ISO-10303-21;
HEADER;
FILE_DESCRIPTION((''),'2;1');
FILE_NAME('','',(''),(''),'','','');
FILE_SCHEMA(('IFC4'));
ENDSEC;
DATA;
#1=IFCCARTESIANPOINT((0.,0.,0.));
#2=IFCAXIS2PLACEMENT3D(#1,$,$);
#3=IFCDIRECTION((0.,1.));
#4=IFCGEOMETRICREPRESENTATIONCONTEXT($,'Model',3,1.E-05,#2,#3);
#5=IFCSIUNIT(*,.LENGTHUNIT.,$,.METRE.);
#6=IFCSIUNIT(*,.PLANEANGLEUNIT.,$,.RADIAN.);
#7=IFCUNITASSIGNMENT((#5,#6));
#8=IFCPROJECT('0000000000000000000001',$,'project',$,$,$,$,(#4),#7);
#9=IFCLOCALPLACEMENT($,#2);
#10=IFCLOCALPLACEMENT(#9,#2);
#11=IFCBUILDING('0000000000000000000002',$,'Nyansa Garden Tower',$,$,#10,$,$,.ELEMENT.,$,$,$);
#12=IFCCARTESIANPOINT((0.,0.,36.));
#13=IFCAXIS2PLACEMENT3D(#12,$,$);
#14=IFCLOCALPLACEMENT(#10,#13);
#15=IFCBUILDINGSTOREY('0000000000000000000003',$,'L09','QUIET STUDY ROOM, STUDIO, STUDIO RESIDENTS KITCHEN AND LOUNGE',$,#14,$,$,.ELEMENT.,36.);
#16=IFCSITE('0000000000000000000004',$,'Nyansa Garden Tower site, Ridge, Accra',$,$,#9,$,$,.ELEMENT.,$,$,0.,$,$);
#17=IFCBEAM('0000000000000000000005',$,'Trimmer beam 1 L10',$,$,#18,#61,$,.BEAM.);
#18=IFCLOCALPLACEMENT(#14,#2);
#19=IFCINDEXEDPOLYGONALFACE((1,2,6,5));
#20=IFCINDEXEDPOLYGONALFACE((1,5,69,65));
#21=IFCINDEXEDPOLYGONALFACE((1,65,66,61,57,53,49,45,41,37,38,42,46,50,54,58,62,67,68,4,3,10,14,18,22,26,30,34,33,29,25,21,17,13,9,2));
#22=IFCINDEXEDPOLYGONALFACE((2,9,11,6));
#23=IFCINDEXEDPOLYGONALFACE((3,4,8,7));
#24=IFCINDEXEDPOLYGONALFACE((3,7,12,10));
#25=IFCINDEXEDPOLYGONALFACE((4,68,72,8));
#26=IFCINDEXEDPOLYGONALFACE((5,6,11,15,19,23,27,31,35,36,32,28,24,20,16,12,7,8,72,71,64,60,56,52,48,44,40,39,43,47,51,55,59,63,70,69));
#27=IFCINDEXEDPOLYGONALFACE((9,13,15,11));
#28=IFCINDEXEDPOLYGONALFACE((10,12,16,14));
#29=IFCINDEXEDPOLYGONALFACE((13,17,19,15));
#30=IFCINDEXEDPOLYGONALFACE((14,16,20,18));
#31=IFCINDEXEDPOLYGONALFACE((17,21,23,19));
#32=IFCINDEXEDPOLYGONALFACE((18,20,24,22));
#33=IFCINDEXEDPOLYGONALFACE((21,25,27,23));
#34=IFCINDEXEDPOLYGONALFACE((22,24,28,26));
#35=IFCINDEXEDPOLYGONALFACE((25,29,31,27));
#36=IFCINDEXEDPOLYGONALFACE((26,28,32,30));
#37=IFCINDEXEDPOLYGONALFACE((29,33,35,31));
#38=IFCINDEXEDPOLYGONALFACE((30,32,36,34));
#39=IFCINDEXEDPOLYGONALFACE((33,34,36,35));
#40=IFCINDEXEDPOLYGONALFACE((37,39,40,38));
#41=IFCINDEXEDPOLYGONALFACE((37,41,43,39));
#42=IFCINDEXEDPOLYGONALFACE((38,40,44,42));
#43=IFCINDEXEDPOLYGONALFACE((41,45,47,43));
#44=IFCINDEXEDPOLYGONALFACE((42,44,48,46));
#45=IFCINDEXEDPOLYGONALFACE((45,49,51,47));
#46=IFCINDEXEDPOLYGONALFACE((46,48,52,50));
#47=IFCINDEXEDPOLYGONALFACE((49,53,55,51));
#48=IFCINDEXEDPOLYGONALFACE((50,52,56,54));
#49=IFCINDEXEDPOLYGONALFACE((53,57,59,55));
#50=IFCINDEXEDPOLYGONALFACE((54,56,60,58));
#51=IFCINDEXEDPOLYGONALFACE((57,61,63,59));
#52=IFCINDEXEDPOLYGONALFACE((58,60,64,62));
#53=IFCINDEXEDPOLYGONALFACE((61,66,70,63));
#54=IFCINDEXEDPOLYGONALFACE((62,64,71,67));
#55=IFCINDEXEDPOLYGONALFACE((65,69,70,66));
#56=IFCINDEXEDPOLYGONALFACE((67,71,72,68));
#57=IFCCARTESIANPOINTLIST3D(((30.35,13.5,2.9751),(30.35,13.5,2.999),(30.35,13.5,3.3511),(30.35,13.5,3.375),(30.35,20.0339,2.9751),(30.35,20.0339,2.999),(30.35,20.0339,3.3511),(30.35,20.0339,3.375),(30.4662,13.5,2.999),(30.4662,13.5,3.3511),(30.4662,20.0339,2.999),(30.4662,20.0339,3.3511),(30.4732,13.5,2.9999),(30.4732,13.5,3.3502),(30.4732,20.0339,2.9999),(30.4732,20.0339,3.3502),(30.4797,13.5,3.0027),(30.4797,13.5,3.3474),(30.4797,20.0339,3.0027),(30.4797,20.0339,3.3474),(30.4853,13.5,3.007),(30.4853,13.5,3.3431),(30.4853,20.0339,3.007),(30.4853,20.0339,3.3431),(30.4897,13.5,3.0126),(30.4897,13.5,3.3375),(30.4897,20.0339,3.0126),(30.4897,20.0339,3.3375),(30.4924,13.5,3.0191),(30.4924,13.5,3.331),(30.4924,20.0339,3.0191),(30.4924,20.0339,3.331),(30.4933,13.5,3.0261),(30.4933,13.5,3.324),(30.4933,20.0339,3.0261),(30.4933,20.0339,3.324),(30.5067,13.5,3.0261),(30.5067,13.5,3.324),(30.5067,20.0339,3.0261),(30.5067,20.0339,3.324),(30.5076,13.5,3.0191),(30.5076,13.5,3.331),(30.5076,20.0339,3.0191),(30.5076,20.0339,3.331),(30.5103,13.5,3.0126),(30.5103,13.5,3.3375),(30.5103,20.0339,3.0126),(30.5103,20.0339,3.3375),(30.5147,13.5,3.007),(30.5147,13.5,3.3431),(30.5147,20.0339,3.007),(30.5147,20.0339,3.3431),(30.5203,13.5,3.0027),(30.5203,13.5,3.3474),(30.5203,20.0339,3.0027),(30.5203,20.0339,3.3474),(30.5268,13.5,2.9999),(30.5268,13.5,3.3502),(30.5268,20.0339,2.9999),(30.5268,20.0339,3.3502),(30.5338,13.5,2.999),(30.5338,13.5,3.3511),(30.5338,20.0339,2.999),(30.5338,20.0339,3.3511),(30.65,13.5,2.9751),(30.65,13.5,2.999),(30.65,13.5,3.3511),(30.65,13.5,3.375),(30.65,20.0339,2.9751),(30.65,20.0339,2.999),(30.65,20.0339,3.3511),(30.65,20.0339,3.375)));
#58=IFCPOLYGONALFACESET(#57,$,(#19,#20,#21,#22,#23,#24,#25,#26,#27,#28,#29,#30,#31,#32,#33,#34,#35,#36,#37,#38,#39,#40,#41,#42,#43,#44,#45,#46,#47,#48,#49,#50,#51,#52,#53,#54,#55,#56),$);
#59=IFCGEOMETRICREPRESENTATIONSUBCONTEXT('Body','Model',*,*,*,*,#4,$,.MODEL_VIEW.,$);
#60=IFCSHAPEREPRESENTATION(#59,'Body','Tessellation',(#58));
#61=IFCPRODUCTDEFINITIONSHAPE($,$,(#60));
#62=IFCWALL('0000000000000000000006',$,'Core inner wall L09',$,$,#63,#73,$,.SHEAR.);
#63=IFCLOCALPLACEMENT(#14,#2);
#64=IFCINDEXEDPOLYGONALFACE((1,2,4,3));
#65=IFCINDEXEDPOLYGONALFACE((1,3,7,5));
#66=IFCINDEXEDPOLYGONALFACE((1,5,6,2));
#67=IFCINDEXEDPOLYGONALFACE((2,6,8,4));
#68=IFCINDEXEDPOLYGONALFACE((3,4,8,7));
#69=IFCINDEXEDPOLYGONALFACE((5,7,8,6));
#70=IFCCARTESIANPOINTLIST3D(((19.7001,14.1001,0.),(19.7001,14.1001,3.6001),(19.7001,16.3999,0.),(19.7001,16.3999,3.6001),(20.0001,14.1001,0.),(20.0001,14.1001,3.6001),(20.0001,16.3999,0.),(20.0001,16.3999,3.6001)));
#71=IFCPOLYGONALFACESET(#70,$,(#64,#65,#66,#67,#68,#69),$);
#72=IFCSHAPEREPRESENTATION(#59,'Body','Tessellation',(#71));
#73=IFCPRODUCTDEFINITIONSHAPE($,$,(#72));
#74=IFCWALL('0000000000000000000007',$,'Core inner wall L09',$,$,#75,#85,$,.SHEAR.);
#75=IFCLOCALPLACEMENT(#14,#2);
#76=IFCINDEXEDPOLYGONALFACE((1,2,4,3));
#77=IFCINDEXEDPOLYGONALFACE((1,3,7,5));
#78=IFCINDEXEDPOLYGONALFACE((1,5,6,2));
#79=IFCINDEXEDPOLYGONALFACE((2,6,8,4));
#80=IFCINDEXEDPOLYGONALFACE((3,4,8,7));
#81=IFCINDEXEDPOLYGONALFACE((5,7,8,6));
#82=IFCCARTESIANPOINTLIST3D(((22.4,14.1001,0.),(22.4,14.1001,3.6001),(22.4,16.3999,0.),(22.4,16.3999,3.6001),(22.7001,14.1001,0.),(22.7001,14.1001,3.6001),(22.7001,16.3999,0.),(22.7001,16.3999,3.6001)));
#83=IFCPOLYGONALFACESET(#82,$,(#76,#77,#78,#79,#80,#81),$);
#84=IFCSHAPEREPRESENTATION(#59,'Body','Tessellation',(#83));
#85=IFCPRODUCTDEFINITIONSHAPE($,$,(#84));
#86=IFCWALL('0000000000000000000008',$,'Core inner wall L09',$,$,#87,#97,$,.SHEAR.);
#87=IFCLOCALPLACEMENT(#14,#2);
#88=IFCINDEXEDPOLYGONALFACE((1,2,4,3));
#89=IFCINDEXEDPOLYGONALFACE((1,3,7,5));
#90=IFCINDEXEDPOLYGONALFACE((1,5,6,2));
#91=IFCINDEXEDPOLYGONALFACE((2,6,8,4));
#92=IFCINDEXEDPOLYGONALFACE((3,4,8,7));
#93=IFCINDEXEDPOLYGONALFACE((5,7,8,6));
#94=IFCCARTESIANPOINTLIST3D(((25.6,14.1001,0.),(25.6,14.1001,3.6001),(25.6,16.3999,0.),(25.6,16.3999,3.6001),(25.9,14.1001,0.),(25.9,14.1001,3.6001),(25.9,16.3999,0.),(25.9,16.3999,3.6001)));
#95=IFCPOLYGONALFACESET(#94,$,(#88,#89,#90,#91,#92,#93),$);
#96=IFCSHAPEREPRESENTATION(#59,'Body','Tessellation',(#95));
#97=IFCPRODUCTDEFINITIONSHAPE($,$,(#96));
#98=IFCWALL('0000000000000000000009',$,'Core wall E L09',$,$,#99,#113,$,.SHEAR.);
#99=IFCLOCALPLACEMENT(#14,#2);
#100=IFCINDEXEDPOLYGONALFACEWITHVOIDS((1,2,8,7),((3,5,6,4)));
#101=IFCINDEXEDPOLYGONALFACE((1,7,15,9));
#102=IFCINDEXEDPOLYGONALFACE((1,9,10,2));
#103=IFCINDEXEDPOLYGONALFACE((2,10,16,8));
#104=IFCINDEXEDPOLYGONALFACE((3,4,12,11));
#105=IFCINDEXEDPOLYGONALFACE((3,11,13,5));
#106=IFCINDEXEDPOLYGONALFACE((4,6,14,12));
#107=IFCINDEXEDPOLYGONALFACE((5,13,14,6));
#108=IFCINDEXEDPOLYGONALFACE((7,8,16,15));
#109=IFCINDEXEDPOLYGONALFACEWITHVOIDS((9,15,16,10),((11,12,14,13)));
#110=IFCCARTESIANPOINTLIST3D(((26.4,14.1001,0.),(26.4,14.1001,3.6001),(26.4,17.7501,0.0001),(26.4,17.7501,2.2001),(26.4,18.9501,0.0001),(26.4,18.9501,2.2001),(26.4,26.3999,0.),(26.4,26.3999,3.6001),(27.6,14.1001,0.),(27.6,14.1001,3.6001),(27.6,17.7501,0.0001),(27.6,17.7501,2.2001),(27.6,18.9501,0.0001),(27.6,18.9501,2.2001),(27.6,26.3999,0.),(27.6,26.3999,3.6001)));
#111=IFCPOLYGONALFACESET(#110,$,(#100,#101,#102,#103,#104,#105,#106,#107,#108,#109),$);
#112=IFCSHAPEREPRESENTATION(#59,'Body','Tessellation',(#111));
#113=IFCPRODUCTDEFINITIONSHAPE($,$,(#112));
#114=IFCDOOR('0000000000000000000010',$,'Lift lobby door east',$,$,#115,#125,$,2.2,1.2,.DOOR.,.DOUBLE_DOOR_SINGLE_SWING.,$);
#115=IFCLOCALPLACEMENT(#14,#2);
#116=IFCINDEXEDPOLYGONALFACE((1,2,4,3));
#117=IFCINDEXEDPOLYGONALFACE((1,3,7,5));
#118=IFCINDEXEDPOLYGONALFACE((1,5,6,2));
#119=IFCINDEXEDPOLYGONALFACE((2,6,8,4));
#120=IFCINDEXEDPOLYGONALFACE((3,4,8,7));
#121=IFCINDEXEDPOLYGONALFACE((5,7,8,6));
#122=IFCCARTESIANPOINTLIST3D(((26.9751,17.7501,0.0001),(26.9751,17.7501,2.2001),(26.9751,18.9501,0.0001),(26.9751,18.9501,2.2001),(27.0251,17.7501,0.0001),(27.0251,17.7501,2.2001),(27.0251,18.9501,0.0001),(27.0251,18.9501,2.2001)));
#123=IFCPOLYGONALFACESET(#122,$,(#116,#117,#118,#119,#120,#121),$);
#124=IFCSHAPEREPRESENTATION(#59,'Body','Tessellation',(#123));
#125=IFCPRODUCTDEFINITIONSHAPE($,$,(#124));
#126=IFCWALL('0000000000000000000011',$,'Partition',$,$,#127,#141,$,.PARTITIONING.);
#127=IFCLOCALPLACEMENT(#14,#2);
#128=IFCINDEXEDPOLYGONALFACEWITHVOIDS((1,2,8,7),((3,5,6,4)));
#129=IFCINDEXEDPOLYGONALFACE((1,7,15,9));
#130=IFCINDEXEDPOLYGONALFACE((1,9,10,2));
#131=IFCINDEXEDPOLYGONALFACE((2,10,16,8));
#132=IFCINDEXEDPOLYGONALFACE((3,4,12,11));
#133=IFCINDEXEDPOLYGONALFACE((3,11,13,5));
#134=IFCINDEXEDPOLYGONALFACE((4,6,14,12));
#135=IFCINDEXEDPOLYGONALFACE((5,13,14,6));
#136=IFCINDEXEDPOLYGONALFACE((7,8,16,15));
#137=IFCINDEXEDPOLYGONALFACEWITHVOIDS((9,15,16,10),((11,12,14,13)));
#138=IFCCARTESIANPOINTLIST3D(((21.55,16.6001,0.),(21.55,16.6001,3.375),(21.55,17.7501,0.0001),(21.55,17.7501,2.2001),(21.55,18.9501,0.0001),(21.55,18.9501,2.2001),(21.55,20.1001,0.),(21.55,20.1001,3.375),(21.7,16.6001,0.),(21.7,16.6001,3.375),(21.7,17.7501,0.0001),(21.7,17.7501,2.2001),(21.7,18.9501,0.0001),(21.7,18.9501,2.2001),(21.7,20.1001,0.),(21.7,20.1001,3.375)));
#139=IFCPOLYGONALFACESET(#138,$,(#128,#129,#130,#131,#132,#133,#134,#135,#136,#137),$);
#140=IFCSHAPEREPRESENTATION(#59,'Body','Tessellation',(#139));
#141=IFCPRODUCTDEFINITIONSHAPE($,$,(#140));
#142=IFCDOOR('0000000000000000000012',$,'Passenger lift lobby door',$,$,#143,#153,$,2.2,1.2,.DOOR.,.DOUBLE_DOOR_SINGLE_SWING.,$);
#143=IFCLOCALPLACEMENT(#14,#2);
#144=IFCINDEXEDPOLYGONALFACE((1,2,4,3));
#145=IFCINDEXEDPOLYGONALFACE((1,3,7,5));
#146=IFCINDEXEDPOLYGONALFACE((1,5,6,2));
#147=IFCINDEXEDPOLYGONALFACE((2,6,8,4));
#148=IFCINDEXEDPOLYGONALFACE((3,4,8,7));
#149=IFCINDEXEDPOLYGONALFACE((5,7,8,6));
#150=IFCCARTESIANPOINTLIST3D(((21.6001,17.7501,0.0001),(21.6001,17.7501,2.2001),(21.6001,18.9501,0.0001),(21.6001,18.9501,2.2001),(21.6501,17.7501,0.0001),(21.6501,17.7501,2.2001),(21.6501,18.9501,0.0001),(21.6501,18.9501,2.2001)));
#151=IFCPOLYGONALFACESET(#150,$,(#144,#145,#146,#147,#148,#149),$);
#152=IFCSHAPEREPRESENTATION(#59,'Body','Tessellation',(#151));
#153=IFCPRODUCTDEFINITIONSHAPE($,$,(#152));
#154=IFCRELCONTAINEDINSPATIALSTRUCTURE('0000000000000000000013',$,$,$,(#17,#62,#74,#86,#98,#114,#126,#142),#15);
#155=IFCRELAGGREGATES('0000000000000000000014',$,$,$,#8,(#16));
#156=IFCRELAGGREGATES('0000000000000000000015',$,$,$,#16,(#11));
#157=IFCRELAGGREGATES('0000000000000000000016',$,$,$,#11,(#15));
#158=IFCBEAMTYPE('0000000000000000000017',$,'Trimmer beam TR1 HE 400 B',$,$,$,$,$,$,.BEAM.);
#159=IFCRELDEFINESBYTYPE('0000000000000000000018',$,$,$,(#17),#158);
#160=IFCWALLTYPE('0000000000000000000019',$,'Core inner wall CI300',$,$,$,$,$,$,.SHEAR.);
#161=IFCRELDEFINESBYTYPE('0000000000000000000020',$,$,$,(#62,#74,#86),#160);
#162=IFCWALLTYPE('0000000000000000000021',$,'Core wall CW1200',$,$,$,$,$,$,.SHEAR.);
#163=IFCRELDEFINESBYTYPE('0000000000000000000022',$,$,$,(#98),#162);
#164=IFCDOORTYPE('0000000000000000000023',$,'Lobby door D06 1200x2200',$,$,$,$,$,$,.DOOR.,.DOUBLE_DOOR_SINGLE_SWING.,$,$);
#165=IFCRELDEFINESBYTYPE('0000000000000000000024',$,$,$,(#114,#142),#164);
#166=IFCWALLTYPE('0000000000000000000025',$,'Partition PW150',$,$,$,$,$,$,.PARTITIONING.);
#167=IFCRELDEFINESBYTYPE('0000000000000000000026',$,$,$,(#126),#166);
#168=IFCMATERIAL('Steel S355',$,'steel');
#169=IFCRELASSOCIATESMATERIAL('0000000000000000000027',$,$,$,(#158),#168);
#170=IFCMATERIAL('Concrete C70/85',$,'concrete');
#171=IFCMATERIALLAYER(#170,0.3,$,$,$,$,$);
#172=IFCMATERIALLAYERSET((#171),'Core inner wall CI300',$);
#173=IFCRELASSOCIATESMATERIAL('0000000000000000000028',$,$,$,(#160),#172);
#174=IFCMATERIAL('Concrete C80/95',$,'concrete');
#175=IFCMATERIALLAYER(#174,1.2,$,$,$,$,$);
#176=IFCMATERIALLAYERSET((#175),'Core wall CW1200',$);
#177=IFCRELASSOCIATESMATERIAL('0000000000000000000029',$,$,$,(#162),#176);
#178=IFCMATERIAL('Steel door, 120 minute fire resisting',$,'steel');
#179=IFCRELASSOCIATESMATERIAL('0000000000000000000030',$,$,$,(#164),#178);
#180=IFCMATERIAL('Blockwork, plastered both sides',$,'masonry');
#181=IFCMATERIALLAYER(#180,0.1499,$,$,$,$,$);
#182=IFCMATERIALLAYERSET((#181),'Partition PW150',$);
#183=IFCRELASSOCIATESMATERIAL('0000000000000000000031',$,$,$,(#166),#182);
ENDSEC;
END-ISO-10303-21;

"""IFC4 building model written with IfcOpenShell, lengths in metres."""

from ifc_helpers import new_model, si_unit, direction, frame, frame_2d, origin, origin_2d, place, context, subcontext, project, spatial, rectangle, i_section, extrude, material, layer, layer_set, material_profile, profile_set, type_object, element, fill, save


model = new_model("IFC4")

# Units and contexts
model_context = context("Model", 3, precision=1e-05, world=origin(), true_north=direction((0.0, 1.0)))
body_context = subcontext(model_context, "Body", "Model", "MODEL_VIEW")
ifc_project = project(units=[si_unit("LENGTHUNIT", "METRE"), si_unit("PLANEANGLEUNIT", "RADIAN")], contexts=[model_context])

# Site, building, storey
site_placement = place(None, origin())
site = spatial("IfcSite", under=ifc_project, at=site_placement, Name="Nyansa Garden Tower site, Ridge, Accra", CompositionType="ELEMENT", RefElevation=0.0)
building_placement = place(site_placement, origin())
building = spatial("IfcBuilding", under=site, at=building_placement, Name="Nyansa Garden Tower", CompositionType="ELEMENT")
storey_placement = place(building_placement, frame((0.0, 0.0, 36.0)))
storey = spatial("IfcBuildingStorey", under=building, at=storey_placement, Name="L09", Description="QUIET STUDY ROOM, STUDIO, STUDIO RESIDENTS KITCHEN AND LOUNGE", CompositionType="ELEMENT", Elevation=36.0)

# Beam
ifc_material_1 = material(Name="Steel S355", Category="steel")
ifc_material_profile_1 = material_profile(ifc_material_1, i_section(OverallWidth=0.3, OverallDepth=0.3999, WebThickness=0.0134, FlangeThickness=0.0239, FilletRadius=0.0271, at=origin_2d()), Name="HE 400 B")
ifc_profile_set_1 = profile_set([ifc_material_profile_1], Name="Steel S355")
beam_type_1 = type_object("IfcBeamType", Name="Trimmer beam TR1 HE 400 B", PredefinedType="BEAM", material=ifc_profile_set_1)
beam_1_placement = place(storey_placement, frame((30.5, 13.5, 3.175), z_axis=(0.0, 1.0, 0.0), x_axis=(-1.0, 0.0, 0.0)))
element("IfcBeam", 1, at=beam_1_placement, inside=storey, type_object=beam_type_1, Name="Trimmer beam 1 L10", PredefinedType="BEAM", context=body_context, shape_type="SweptSolid", body=[
    extrude(i_section(OverallWidth=0.3, OverallDepth=0.3999, WebThickness=0.0134, FlangeThickness=0.0239, FilletRadius=0.0271, at=origin_2d()), origin(), (0.0, 0.0, 1.0), 6.5339),
])

# Walls
ifc_material_2 = material(Name="Concrete C70/85", Category="concrete")
ifc_layer_1 = layer(ifc_material_2, 0.3)
ifc_layer_set_1 = layer_set([ifc_layer_1], Name="Core inner wall CI300")
wall_type_1 = type_object("IfcWallType", Name="Core inner wall CI300", PredefinedType="SHEAR", material=ifc_layer_set_1)
for number, where, z_axis, x_axis, name in (
    (2, (19.8501, 14.1001, 0.0), (0.0, 0.0, 1.0), (0.0, 1.0, 0.0), "Core inner wall L09"),
    (3, (22.55, 14.1001, 0.0), (0.0, 0.0, 1.0), (0.0, 1.0, 0.0), "Core inner wall L09"),
    (4, (25.75, 14.1001, 0.0), (0.0, 0.0, 1.0), (0.0, 1.0, 0.0), "Core inner wall L09"),
):
    element("IfcWall", number, at=place(storey_placement, frame(where, z_axis=z_axis, x_axis=x_axis)), inside=storey, type_object=wall_type_1, Name=name, PredefinedType="SHEAR", context=body_context, shape_type="SweptSolid", body=[
        extrude(rectangle(XDim=2.2998, YDim=0.3, at=frame_2d((1.1499, 0.0))), origin(), (0.0, 0.0, 1.0), 3.6001),
    ])

# Walls, openings, doors
ifc_material_3 = material(Name="Concrete C80/95", Category="concrete")
ifc_layer_2 = layer(ifc_material_3, 1.2)
ifc_layer_set_2 = layer_set([ifc_layer_2], Name="Core wall CW1200")
wall_type_2 = type_object("IfcWallType", Name="Core wall CW1200", PredefinedType="SHEAR", material=ifc_layer_set_2)
wall_1_placement = place(storey_placement, frame((27.0, 14.1001, 0.0), z_axis=(0.0, 0.0, 1.0), x_axis=(0.0, 1.0, 0.0)))
wall_1 = element("IfcWall", 5, at=wall_1_placement, inside=storey, type_object=wall_type_2, Name="Core wall E L09", PredefinedType="SHEAR", context=body_context, shape_type="SweptSolid", body=[
    extrude(rectangle(XDim=12.2998, YDim=1.2, at=frame_2d((6.1499, 0.0))), origin(), (0.0, 0.0, 1.0), 3.6001),
])
opening_1_placement = place(wall_1_placement, frame((3.6499, 0.0, 0.0)))
opening_1 = element("IfcOpeningElement", 6, at=opening_1_placement, cuts=wall_1, PredefinedType="OPENING", context=body_context, shape_type="SweptSolid", body=[
    extrude(rectangle(XDim=1.2, YDim=2.2, at=frame_2d((0.6001, 1.1001))), frame((0.0, 0.6099, 0.0), z_axis=(0.0, -1.0, 0.0), x_axis=(1.0, 0.0, 0.0)), (0.0, 0.0, 1.0), 1.22),
])
ifc_material_4 = material(Name="Steel door, 120 minute fire resisting", Category="steel")
door_type_1 = type_object("IfcDoorType", Name="Lobby door D06 1200x2200", OperationType="DOUBLE_DOOR_SINGLE_SWING", PredefinedType="DOOR", material=ifc_material_4)
door_1_placement = place(opening_1_placement, origin())
door_1 = element("IfcDoor", 7, at=door_1_placement, inside=storey, type_object=door_type_1, Name="Lift lobby door east", OperationType="DOUBLE_DOOR_SINGLE_SWING", OverallHeight=2.2, OverallWidth=1.2, PredefinedType="DOOR", context=body_context, shape_type="SweptSolid", body=[
    extrude(rectangle(XDim=1.2, YDim=2.2, at=frame_2d((0.6001, 1.1001))), frame((0.0, 0.0249, 0.0), z_axis=(0.0, -1.0, 0.0), x_axis=(1.0, 0.0, 0.0)), (0.0, 0.0, 1.0), 0.05),
])
fill(opening_1, door_1)
ifc_material_5 = material(Name="Blockwork, plastered both sides", Category="masonry")
ifc_layer_3 = layer(ifc_material_5, 0.1499)
ifc_layer_set_3 = layer_set([ifc_layer_3], Name="Partition PW150")
wall_type_3 = type_object("IfcWallType", Name="Partition PW150", PredefinedType="PARTITIONING", material=ifc_layer_set_3)
wall_2_placement = place(storey_placement, frame((21.625, 16.6001, 0.0), z_axis=(0.0, 0.0, 1.0), x_axis=(0.0, 1.0, 0.0)))
wall_2 = element("IfcWall", 8, at=wall_2_placement, inside=storey, type_object=wall_type_3, Name="Partition", PredefinedType="PARTITIONING", context=body_context, shape_type="SweptSolid", body=[
    extrude(rectangle(XDim=3.5, YDim=0.1499, at=frame_2d((1.75, 0.0))), origin(), (0.0, 0.0, 1.0), 3.375),
])
opening_2_placement = place(wall_2_placement, frame((1.1499, 0.0, 0.0)))
opening_2 = element("IfcOpeningElement", 9, at=opening_2_placement, cuts=wall_2, PredefinedType="OPENING", context=body_context, shape_type="SweptSolid", body=[
    extrude(rectangle(XDim=1.2, YDim=2.2, at=frame_2d((0.6001, 1.1001))), frame((0.0, 0.085, 0.0), z_axis=(0.0, -1.0, 0.0), x_axis=(1.0, 0.0, 0.0)), (0.0, 0.0, 1.0), 0.1699),
])
door_2_placement = place(opening_2_placement, origin())
door_2 = element("IfcDoor", 10, at=door_2_placement, inside=storey, type_object=door_type_1, Name="Passenger lift lobby door", OperationType="DOUBLE_DOOR_SINGLE_SWING", OverallHeight=2.2, OverallWidth=1.2, PredefinedType="DOOR", context=body_context, shape_type="SweptSolid", body=[
    extrude(rectangle(XDim=1.2, YDim=2.2, at=frame_2d((0.6001, 1.1001))), frame((0.0, 0.0249, 0.0), z_axis=(0.0, -1.0, 0.0), x_axis=(1.0, 0.0, 0.0)), (0.0, 0.0, 1.0), 0.05),
])
fill(opening_2, door_2)

save(model, "model.ifc")
